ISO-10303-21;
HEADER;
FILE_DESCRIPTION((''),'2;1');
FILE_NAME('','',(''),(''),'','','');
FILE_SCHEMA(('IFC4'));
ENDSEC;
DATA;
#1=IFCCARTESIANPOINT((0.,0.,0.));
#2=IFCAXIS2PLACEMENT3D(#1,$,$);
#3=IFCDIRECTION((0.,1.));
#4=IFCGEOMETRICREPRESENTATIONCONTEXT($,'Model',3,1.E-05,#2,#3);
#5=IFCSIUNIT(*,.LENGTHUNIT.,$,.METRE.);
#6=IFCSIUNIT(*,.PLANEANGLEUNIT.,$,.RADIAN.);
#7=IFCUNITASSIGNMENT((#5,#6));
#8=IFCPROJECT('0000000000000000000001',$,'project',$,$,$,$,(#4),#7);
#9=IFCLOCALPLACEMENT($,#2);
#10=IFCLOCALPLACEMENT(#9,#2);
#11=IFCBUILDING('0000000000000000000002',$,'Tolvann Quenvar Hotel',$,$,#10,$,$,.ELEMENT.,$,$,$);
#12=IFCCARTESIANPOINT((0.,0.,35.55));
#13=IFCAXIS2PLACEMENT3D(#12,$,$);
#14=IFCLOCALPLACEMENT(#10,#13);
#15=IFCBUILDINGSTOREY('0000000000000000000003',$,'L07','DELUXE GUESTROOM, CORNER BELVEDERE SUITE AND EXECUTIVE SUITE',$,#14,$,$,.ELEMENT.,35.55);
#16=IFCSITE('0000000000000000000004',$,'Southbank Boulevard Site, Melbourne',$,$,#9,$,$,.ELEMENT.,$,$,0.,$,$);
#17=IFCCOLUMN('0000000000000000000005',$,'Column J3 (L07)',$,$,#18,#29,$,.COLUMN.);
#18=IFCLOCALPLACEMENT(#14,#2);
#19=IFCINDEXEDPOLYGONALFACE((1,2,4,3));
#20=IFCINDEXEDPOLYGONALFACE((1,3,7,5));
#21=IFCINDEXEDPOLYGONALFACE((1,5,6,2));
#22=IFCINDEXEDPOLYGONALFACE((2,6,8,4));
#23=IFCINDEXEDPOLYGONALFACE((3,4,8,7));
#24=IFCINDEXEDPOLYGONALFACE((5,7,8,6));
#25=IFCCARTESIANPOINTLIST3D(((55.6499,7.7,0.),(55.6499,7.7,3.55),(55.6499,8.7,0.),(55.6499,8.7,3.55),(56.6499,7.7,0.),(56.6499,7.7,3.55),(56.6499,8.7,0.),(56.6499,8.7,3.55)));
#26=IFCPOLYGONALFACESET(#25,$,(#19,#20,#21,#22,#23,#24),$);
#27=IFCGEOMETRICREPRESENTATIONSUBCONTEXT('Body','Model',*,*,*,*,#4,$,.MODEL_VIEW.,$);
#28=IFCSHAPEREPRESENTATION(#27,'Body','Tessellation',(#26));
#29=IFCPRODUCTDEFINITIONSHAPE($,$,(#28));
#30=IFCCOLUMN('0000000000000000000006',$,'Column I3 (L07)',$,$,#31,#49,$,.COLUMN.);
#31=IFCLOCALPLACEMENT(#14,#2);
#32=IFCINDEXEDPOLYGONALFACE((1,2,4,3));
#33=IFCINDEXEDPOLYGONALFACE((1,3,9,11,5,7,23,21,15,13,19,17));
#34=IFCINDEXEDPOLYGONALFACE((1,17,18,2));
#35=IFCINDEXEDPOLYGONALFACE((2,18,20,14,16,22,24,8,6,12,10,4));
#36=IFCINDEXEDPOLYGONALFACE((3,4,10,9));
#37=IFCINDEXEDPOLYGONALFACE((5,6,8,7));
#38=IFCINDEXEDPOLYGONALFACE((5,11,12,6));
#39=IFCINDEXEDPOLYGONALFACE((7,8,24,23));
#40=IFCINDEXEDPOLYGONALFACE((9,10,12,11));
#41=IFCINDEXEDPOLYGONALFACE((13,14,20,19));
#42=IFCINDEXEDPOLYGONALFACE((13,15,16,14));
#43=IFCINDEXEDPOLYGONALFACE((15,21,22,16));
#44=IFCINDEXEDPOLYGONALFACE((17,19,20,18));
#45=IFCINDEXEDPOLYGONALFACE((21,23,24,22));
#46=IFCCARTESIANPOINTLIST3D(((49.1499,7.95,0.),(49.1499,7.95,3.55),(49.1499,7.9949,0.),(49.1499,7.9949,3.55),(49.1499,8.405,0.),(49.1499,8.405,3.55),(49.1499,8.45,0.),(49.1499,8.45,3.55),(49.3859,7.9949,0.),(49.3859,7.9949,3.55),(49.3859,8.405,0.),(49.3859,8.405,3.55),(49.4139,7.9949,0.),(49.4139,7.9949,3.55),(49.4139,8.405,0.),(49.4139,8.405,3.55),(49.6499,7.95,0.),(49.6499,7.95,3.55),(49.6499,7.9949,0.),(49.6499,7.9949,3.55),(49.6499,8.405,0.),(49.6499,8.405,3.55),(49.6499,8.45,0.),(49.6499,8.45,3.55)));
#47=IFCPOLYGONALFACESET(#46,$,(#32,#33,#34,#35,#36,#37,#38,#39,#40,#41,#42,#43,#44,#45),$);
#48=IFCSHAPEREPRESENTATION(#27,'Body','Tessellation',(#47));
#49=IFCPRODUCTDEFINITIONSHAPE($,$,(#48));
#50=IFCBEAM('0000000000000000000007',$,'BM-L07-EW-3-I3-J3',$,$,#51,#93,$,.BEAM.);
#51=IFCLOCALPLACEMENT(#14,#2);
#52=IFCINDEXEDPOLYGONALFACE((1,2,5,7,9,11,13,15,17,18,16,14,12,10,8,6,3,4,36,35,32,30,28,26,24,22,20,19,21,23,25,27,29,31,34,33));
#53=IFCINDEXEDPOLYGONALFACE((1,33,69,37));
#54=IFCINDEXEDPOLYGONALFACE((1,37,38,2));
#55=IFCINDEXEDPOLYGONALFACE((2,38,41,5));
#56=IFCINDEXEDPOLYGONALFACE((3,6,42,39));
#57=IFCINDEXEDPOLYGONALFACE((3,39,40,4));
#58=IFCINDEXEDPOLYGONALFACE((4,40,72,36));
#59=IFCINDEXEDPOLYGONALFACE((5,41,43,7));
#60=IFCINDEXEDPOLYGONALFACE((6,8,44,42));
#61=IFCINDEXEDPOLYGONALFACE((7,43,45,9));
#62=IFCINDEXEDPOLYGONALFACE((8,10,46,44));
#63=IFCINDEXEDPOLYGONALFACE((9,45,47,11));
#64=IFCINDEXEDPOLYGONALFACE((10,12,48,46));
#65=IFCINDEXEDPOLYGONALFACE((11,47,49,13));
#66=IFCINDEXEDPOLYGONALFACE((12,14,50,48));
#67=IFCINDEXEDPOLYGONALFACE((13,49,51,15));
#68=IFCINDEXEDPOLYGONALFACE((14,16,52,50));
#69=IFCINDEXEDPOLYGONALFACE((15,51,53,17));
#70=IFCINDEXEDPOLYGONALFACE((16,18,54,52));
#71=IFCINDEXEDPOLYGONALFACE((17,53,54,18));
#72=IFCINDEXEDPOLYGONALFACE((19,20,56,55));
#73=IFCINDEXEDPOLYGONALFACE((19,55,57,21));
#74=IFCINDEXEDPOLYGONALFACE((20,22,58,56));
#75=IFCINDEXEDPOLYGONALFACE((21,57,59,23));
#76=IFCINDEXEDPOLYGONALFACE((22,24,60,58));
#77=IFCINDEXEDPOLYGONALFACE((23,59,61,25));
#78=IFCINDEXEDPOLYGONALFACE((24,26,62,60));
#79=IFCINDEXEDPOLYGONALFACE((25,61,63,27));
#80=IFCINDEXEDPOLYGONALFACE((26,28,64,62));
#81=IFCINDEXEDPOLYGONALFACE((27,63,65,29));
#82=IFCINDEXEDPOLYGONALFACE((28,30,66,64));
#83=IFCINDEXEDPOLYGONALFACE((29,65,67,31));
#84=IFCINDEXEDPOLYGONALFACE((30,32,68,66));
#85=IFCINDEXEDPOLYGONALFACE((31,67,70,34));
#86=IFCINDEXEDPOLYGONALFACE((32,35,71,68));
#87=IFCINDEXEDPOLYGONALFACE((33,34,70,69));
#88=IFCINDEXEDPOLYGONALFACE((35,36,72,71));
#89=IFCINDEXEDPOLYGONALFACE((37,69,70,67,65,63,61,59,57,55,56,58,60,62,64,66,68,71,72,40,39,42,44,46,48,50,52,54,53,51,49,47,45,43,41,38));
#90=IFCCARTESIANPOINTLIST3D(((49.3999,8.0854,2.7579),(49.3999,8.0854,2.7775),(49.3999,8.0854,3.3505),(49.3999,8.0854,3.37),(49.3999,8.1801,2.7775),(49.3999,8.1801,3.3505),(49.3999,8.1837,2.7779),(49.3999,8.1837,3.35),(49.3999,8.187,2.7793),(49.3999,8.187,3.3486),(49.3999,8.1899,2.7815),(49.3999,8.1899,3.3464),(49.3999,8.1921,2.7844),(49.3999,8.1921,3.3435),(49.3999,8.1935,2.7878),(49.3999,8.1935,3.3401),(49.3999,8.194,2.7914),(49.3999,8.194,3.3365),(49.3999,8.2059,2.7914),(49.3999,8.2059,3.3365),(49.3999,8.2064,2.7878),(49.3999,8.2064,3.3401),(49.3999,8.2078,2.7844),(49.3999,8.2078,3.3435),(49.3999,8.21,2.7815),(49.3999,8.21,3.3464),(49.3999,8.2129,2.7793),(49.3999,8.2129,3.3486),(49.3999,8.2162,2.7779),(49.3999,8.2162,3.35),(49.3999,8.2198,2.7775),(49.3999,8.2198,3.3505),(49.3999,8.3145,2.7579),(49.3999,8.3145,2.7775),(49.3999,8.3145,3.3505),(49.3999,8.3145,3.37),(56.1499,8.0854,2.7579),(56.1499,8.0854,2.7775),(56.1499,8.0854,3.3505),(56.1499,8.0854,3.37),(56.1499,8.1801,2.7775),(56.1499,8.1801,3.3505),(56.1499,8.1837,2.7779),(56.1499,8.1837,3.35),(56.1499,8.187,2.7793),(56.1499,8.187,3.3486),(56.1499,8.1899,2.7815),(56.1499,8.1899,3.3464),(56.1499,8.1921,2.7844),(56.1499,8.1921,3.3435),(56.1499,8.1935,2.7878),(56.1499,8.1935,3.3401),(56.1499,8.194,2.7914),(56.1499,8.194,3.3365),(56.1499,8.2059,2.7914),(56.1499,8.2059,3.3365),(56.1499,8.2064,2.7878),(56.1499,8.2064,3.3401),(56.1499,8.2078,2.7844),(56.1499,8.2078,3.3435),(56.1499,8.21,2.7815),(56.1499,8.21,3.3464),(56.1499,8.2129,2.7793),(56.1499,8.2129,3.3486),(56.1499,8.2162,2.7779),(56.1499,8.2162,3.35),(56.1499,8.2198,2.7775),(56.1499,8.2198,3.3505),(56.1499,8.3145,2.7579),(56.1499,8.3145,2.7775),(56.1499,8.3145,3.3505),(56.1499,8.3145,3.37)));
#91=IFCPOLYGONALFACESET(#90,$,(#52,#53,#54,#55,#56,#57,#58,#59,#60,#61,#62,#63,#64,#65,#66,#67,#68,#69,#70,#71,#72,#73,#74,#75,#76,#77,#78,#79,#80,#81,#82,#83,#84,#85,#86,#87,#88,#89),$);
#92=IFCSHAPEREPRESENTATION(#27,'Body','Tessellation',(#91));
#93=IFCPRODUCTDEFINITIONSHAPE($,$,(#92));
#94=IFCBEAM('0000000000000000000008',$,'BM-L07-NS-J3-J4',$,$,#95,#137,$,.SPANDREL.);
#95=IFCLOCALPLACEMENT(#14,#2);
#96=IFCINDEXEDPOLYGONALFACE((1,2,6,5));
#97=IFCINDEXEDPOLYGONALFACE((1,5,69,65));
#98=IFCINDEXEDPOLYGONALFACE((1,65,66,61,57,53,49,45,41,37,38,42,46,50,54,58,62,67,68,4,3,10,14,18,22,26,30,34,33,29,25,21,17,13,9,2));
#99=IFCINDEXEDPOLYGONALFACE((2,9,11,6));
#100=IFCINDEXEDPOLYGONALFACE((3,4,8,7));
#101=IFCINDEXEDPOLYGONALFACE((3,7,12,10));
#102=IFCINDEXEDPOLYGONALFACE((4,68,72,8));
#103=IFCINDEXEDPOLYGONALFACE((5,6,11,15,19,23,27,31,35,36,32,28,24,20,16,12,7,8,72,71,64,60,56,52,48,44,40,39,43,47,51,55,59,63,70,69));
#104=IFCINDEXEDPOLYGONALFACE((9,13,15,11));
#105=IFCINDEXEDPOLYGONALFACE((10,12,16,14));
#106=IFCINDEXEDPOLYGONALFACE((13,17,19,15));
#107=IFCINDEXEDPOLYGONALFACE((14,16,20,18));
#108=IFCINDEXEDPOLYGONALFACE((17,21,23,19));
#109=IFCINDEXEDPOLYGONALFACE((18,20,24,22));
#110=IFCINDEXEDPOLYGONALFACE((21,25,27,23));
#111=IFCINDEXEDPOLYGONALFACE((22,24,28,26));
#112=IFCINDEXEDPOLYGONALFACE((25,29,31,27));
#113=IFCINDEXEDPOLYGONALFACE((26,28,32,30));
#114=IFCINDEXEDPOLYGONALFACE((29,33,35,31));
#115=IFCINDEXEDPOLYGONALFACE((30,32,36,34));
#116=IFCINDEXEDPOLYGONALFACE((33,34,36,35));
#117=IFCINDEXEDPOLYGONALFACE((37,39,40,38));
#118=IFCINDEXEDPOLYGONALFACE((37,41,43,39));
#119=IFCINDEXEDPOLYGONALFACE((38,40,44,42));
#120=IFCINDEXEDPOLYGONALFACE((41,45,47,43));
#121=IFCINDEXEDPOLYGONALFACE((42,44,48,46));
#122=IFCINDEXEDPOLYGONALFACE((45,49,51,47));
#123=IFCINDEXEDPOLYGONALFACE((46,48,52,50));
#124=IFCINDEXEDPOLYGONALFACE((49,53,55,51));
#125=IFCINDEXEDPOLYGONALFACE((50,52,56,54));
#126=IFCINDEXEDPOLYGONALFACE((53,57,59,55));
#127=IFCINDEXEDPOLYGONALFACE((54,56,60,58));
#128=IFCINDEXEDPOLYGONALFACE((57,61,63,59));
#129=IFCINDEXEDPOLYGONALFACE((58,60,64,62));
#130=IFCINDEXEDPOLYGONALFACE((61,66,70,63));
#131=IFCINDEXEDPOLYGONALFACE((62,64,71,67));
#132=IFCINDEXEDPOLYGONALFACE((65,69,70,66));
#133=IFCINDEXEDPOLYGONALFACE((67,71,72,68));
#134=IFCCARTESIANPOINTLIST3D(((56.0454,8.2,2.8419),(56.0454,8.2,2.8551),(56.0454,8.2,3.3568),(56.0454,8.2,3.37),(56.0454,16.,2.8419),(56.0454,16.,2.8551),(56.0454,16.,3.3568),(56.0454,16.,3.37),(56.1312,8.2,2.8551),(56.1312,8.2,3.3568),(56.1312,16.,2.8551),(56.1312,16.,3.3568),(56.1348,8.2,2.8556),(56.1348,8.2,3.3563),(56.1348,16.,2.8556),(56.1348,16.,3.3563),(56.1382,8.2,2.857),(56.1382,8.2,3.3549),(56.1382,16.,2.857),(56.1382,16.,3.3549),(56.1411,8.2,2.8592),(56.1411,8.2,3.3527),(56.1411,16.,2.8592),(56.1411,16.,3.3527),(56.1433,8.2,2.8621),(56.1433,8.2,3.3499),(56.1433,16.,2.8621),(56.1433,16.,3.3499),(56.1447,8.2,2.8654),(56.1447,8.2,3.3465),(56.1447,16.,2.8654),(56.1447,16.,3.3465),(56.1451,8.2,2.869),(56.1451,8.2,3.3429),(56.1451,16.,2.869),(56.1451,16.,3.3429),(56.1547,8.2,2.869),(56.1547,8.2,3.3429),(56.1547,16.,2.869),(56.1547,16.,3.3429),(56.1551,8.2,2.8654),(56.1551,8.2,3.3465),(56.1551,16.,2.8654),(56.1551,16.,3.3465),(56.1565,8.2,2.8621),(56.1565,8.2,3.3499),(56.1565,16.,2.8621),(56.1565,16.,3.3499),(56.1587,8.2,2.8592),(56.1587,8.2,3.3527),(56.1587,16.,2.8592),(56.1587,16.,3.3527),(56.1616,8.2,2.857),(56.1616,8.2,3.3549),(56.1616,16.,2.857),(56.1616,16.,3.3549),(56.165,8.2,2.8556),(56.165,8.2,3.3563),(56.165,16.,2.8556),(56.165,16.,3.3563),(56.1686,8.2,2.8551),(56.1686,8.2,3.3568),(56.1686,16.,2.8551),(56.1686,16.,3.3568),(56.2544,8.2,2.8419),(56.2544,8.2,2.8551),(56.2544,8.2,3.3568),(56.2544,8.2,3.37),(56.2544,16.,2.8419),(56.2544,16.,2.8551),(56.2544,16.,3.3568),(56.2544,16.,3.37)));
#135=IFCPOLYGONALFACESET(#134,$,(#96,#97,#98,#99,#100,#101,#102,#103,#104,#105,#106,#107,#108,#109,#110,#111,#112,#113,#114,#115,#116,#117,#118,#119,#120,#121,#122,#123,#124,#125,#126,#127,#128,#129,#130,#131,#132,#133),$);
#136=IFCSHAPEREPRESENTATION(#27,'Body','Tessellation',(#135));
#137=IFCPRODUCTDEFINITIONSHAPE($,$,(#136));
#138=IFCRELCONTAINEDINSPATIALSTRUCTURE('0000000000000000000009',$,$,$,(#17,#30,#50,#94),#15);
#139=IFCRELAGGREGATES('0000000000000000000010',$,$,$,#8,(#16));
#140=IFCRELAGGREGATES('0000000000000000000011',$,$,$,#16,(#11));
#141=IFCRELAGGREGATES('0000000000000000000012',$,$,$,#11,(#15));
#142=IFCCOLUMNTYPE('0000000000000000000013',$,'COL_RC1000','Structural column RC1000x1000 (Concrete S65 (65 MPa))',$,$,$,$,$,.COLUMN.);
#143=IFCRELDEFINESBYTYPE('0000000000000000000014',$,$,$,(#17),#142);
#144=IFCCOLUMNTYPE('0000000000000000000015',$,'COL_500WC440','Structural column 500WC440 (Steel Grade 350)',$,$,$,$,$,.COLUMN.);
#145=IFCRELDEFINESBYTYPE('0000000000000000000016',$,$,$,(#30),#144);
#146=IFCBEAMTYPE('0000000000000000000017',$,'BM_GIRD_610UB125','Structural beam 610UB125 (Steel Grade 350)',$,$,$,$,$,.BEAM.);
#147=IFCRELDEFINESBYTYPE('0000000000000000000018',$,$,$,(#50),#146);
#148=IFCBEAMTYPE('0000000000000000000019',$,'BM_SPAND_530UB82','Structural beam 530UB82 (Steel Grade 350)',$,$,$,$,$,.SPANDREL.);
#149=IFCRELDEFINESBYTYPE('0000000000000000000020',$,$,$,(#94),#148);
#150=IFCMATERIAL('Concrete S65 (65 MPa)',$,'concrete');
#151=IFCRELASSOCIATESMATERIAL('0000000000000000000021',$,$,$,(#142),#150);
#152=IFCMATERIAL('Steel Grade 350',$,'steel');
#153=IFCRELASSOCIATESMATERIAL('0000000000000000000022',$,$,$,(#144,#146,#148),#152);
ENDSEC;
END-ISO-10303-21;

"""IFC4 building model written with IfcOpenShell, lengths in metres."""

from ifc_helpers import new_model, si_unit, direction, frame, origin, origin_2d, place, context, subcontext, project, spatial, rectangle, i_section, extrude, source, transform, mapped, material, material_profile, profile_set, type_object, type_shapes, element, save


model = new_model("IFC4")

# Units and contexts
model_context = context("Model", 3, precision=1e-05, world=origin(), true_north=direction((0.0, 1.0)))
body_context = subcontext(model_context, "Body", "Model", "MODEL_VIEW")
ifc_project = project(units=[si_unit("LENGTHUNIT", "METRE"), si_unit("PLANEANGLEUNIT", "RADIAN")], contexts=[model_context])

# Site, building, storey
site_placement = place(None, origin())
site = spatial("IfcSite", under=ifc_project, at=site_placement, Name="Southbank Boulevard Site, Melbourne", CompositionType="ELEMENT", RefElevation=0.0)
building_placement = place(site_placement, origin())
building = spatial("IfcBuilding", under=site, at=building_placement, Name="Tolvann Quenvar Hotel", CompositionType="ELEMENT")
storey_placement = place(building_placement, frame((0.0, 0.0, 35.55)))
storey = spatial("IfcBuildingStorey", under=building, at=storey_placement, Name="L07", Description="DELUXE GUESTROOM, CORNER BELVEDERE SUITE AND EXECUTIVE SUITE", CompositionType="ELEMENT", Elevation=35.55)

# Columns
ifc_material_1 = material(Name="Concrete S65 (65 MPa)", Category="concrete")
ifc_material_profile_1 = material_profile(ifc_material_1, rectangle(XDim=1.0, YDim=1.0, at=origin_2d()), Name="RC1000x1000")
ifc_profile_set_1 = profile_set([ifc_material_profile_1], Name="Concrete S65 (65 MPa)")
column_type_1 = type_object("IfcColumnType", Name="COL_RC1000", Description="Structural column RC1000x1000 (Concrete S65 (65 MPa))", PredefinedType="COLUMN", material=ifc_profile_set_1)
shared_shape_1 = source(origin(), body_context, "Body", "SweptSolid", [
    extrude(rectangle(XDim=1.0, YDim=1.0, at=origin_2d()), origin(), (0.0, 0.0, 1.0), 3.55),
])
type_shapes(column_type_1, [shared_shape_1])
column_1_placement = place(storey_placement, frame((56.1499, 8.2, 0.0), z_axis=(0.0, 0.0, 1.0), x_axis=(1.0, 0.0, 0.0)))
element("IfcColumn", 1, at=column_1_placement, inside=storey, type_object=column_type_1, Name="Column J3 (L07)", PredefinedType="COLUMN", context=body_context, shape_type="MappedRepresentation", body=[
    mapped(shared_shape_1, transform((0.0, 0.0, 0.0), x_axis=(1.0, 0.0, 0.0), y_axis=(0.0, 1.0, 0.0), z_axis=(0.0, 0.0, 1.0), scale=1.0)),
])
ifc_material_2 = material(Name="Steel Grade 350", Category="steel")
ifc_material_profile_2 = material_profile(ifc_material_2, i_section(OverallWidth=0.5, OverallDepth=0.5, WebThickness=0.0281, FlangeThickness=0.0449, at=origin_2d()), Name="500WC440")
ifc_profile_set_2 = profile_set([ifc_material_profile_2], Name="Steel Grade 350")
column_type_2 = type_object("IfcColumnType", Name="COL_500WC440", Description="Structural column 500WC440 (Steel Grade 350)", PredefinedType="COLUMN", material=ifc_profile_set_2)
shared_shape_2 = source(origin(), body_context, "Body", "SweptSolid", [
    extrude(i_section(OverallWidth=0.5, OverallDepth=0.5, WebThickness=0.0281, FlangeThickness=0.0449, at=origin_2d()), origin(), (0.0, 0.0, 1.0), 3.55),
])
type_shapes(column_type_2, [shared_shape_2])
column_2_placement = place(storey_placement, frame((49.3999, 8.2, 0.0), z_axis=(0.0, 0.0, 1.0), x_axis=(1.0, 0.0, 0.0)))
element("IfcColumn", 2, at=column_2_placement, inside=storey, type_object=column_type_2, Name="Column I3 (L07)", PredefinedType="COLUMN", context=body_context, shape_type="MappedRepresentation", body=[
    mapped(shared_shape_2, transform((0.0, 0.0, 0.0), x_axis=(1.0, 0.0, 0.0), y_axis=(0.0, 1.0, 0.0), z_axis=(0.0, 0.0, 1.0), scale=1.0)),
])

# Beams
ifc_material_profile_3 = material_profile(ifc_material_2, i_section(OverallWidth=0.229, OverallDepth=0.6121, WebThickness=0.012, FlangeThickness=0.0195, FilletRadius=0.0139, at=origin_2d()), Name="610UB125")
ifc_profile_set_3 = profile_set([ifc_material_profile_3], Name="Steel Grade 350")
beam_type_1 = type_object("IfcBeamType", Name="BM_GIRD_610UB125", Description="Structural beam 610UB125 (Steel Grade 350)", PredefinedType="BEAM", material=ifc_profile_set_3)
shared_shape_3 = source(origin(), body_context, "Body", "SweptSolid", [
    extrude(i_section(OverallWidth=0.229, OverallDepth=0.6121, WebThickness=0.012, FlangeThickness=0.0195, FilletRadius=0.0139, at=origin_2d()), origin(), (0.0, 0.0, 1.0), 6.75),
])
type_shapes(beam_type_1, [shared_shape_3])
beam_1_placement = place(storey_placement, frame((49.3999, 8.2, 3.064), z_axis=(1.0, 0.0, 0.0), x_axis=(0.0, 1.0, 0.0)))
element("IfcBeam", 3, at=beam_1_placement, inside=storey, type_object=beam_type_1, Name="BM-L07-EW-3-I3-J3", PredefinedType="BEAM", context=body_context, shape_type="MappedRepresentation", body=[
    mapped(shared_shape_3, transform((0.0, 0.0, 0.0), x_axis=(1.0, 0.0, 0.0), y_axis=(0.0, 1.0, 0.0), z_axis=(0.0, 0.0, 1.0), scale=1.0)),
])
ifc_material_profile_4 = material_profile(ifc_material_2, i_section(OverallWidth=0.209, OverallDepth=0.5281, WebThickness=0.0095, FlangeThickness=0.0132, FilletRadius=0.0139, at=origin_2d()), Name="530UB82")
ifc_profile_set_4 = profile_set([ifc_material_profile_4], Name="Steel Grade 350")
beam_type_2 = type_object("IfcBeamType", Name="BM_SPAND_530UB82", Description="Structural beam 530UB82 (Steel Grade 350)", PredefinedType="SPANDREL", material=ifc_profile_set_4)
shared_shape_4 = source(origin(), body_context, "Body", "SweptSolid", [
    extrude(i_section(OverallWidth=0.209, OverallDepth=0.5281, WebThickness=0.0095, FlangeThickness=0.0132, FilletRadius=0.0139, at=origin_2d()), origin(), (0.0, 0.0, 1.0), 7.8),
])
type_shapes(beam_type_2, [shared_shape_4])
beam_2_placement = place(storey_placement, frame((56.1499, 8.2, 3.106), z_axis=(0.0, 1.0, 0.0), x_axis=(-1.0, 0.0, 0.0)))
element("IfcBeam", 4, at=beam_2_placement, inside=storey, type_object=beam_type_2, Name="BM-L07-NS-J3-J4", PredefinedType="SPANDREL", context=body_context, shape_type="MappedRepresentation", body=[
    mapped(shared_shape_4, transform((0.0, 0.0, 0.0), x_axis=(1.0, 0.0, 0.0), y_axis=(0.0, 1.0, 0.0), z_axis=(0.0, 0.0, 1.0), scale=1.0)),
])

save(model, "model.ifc")
